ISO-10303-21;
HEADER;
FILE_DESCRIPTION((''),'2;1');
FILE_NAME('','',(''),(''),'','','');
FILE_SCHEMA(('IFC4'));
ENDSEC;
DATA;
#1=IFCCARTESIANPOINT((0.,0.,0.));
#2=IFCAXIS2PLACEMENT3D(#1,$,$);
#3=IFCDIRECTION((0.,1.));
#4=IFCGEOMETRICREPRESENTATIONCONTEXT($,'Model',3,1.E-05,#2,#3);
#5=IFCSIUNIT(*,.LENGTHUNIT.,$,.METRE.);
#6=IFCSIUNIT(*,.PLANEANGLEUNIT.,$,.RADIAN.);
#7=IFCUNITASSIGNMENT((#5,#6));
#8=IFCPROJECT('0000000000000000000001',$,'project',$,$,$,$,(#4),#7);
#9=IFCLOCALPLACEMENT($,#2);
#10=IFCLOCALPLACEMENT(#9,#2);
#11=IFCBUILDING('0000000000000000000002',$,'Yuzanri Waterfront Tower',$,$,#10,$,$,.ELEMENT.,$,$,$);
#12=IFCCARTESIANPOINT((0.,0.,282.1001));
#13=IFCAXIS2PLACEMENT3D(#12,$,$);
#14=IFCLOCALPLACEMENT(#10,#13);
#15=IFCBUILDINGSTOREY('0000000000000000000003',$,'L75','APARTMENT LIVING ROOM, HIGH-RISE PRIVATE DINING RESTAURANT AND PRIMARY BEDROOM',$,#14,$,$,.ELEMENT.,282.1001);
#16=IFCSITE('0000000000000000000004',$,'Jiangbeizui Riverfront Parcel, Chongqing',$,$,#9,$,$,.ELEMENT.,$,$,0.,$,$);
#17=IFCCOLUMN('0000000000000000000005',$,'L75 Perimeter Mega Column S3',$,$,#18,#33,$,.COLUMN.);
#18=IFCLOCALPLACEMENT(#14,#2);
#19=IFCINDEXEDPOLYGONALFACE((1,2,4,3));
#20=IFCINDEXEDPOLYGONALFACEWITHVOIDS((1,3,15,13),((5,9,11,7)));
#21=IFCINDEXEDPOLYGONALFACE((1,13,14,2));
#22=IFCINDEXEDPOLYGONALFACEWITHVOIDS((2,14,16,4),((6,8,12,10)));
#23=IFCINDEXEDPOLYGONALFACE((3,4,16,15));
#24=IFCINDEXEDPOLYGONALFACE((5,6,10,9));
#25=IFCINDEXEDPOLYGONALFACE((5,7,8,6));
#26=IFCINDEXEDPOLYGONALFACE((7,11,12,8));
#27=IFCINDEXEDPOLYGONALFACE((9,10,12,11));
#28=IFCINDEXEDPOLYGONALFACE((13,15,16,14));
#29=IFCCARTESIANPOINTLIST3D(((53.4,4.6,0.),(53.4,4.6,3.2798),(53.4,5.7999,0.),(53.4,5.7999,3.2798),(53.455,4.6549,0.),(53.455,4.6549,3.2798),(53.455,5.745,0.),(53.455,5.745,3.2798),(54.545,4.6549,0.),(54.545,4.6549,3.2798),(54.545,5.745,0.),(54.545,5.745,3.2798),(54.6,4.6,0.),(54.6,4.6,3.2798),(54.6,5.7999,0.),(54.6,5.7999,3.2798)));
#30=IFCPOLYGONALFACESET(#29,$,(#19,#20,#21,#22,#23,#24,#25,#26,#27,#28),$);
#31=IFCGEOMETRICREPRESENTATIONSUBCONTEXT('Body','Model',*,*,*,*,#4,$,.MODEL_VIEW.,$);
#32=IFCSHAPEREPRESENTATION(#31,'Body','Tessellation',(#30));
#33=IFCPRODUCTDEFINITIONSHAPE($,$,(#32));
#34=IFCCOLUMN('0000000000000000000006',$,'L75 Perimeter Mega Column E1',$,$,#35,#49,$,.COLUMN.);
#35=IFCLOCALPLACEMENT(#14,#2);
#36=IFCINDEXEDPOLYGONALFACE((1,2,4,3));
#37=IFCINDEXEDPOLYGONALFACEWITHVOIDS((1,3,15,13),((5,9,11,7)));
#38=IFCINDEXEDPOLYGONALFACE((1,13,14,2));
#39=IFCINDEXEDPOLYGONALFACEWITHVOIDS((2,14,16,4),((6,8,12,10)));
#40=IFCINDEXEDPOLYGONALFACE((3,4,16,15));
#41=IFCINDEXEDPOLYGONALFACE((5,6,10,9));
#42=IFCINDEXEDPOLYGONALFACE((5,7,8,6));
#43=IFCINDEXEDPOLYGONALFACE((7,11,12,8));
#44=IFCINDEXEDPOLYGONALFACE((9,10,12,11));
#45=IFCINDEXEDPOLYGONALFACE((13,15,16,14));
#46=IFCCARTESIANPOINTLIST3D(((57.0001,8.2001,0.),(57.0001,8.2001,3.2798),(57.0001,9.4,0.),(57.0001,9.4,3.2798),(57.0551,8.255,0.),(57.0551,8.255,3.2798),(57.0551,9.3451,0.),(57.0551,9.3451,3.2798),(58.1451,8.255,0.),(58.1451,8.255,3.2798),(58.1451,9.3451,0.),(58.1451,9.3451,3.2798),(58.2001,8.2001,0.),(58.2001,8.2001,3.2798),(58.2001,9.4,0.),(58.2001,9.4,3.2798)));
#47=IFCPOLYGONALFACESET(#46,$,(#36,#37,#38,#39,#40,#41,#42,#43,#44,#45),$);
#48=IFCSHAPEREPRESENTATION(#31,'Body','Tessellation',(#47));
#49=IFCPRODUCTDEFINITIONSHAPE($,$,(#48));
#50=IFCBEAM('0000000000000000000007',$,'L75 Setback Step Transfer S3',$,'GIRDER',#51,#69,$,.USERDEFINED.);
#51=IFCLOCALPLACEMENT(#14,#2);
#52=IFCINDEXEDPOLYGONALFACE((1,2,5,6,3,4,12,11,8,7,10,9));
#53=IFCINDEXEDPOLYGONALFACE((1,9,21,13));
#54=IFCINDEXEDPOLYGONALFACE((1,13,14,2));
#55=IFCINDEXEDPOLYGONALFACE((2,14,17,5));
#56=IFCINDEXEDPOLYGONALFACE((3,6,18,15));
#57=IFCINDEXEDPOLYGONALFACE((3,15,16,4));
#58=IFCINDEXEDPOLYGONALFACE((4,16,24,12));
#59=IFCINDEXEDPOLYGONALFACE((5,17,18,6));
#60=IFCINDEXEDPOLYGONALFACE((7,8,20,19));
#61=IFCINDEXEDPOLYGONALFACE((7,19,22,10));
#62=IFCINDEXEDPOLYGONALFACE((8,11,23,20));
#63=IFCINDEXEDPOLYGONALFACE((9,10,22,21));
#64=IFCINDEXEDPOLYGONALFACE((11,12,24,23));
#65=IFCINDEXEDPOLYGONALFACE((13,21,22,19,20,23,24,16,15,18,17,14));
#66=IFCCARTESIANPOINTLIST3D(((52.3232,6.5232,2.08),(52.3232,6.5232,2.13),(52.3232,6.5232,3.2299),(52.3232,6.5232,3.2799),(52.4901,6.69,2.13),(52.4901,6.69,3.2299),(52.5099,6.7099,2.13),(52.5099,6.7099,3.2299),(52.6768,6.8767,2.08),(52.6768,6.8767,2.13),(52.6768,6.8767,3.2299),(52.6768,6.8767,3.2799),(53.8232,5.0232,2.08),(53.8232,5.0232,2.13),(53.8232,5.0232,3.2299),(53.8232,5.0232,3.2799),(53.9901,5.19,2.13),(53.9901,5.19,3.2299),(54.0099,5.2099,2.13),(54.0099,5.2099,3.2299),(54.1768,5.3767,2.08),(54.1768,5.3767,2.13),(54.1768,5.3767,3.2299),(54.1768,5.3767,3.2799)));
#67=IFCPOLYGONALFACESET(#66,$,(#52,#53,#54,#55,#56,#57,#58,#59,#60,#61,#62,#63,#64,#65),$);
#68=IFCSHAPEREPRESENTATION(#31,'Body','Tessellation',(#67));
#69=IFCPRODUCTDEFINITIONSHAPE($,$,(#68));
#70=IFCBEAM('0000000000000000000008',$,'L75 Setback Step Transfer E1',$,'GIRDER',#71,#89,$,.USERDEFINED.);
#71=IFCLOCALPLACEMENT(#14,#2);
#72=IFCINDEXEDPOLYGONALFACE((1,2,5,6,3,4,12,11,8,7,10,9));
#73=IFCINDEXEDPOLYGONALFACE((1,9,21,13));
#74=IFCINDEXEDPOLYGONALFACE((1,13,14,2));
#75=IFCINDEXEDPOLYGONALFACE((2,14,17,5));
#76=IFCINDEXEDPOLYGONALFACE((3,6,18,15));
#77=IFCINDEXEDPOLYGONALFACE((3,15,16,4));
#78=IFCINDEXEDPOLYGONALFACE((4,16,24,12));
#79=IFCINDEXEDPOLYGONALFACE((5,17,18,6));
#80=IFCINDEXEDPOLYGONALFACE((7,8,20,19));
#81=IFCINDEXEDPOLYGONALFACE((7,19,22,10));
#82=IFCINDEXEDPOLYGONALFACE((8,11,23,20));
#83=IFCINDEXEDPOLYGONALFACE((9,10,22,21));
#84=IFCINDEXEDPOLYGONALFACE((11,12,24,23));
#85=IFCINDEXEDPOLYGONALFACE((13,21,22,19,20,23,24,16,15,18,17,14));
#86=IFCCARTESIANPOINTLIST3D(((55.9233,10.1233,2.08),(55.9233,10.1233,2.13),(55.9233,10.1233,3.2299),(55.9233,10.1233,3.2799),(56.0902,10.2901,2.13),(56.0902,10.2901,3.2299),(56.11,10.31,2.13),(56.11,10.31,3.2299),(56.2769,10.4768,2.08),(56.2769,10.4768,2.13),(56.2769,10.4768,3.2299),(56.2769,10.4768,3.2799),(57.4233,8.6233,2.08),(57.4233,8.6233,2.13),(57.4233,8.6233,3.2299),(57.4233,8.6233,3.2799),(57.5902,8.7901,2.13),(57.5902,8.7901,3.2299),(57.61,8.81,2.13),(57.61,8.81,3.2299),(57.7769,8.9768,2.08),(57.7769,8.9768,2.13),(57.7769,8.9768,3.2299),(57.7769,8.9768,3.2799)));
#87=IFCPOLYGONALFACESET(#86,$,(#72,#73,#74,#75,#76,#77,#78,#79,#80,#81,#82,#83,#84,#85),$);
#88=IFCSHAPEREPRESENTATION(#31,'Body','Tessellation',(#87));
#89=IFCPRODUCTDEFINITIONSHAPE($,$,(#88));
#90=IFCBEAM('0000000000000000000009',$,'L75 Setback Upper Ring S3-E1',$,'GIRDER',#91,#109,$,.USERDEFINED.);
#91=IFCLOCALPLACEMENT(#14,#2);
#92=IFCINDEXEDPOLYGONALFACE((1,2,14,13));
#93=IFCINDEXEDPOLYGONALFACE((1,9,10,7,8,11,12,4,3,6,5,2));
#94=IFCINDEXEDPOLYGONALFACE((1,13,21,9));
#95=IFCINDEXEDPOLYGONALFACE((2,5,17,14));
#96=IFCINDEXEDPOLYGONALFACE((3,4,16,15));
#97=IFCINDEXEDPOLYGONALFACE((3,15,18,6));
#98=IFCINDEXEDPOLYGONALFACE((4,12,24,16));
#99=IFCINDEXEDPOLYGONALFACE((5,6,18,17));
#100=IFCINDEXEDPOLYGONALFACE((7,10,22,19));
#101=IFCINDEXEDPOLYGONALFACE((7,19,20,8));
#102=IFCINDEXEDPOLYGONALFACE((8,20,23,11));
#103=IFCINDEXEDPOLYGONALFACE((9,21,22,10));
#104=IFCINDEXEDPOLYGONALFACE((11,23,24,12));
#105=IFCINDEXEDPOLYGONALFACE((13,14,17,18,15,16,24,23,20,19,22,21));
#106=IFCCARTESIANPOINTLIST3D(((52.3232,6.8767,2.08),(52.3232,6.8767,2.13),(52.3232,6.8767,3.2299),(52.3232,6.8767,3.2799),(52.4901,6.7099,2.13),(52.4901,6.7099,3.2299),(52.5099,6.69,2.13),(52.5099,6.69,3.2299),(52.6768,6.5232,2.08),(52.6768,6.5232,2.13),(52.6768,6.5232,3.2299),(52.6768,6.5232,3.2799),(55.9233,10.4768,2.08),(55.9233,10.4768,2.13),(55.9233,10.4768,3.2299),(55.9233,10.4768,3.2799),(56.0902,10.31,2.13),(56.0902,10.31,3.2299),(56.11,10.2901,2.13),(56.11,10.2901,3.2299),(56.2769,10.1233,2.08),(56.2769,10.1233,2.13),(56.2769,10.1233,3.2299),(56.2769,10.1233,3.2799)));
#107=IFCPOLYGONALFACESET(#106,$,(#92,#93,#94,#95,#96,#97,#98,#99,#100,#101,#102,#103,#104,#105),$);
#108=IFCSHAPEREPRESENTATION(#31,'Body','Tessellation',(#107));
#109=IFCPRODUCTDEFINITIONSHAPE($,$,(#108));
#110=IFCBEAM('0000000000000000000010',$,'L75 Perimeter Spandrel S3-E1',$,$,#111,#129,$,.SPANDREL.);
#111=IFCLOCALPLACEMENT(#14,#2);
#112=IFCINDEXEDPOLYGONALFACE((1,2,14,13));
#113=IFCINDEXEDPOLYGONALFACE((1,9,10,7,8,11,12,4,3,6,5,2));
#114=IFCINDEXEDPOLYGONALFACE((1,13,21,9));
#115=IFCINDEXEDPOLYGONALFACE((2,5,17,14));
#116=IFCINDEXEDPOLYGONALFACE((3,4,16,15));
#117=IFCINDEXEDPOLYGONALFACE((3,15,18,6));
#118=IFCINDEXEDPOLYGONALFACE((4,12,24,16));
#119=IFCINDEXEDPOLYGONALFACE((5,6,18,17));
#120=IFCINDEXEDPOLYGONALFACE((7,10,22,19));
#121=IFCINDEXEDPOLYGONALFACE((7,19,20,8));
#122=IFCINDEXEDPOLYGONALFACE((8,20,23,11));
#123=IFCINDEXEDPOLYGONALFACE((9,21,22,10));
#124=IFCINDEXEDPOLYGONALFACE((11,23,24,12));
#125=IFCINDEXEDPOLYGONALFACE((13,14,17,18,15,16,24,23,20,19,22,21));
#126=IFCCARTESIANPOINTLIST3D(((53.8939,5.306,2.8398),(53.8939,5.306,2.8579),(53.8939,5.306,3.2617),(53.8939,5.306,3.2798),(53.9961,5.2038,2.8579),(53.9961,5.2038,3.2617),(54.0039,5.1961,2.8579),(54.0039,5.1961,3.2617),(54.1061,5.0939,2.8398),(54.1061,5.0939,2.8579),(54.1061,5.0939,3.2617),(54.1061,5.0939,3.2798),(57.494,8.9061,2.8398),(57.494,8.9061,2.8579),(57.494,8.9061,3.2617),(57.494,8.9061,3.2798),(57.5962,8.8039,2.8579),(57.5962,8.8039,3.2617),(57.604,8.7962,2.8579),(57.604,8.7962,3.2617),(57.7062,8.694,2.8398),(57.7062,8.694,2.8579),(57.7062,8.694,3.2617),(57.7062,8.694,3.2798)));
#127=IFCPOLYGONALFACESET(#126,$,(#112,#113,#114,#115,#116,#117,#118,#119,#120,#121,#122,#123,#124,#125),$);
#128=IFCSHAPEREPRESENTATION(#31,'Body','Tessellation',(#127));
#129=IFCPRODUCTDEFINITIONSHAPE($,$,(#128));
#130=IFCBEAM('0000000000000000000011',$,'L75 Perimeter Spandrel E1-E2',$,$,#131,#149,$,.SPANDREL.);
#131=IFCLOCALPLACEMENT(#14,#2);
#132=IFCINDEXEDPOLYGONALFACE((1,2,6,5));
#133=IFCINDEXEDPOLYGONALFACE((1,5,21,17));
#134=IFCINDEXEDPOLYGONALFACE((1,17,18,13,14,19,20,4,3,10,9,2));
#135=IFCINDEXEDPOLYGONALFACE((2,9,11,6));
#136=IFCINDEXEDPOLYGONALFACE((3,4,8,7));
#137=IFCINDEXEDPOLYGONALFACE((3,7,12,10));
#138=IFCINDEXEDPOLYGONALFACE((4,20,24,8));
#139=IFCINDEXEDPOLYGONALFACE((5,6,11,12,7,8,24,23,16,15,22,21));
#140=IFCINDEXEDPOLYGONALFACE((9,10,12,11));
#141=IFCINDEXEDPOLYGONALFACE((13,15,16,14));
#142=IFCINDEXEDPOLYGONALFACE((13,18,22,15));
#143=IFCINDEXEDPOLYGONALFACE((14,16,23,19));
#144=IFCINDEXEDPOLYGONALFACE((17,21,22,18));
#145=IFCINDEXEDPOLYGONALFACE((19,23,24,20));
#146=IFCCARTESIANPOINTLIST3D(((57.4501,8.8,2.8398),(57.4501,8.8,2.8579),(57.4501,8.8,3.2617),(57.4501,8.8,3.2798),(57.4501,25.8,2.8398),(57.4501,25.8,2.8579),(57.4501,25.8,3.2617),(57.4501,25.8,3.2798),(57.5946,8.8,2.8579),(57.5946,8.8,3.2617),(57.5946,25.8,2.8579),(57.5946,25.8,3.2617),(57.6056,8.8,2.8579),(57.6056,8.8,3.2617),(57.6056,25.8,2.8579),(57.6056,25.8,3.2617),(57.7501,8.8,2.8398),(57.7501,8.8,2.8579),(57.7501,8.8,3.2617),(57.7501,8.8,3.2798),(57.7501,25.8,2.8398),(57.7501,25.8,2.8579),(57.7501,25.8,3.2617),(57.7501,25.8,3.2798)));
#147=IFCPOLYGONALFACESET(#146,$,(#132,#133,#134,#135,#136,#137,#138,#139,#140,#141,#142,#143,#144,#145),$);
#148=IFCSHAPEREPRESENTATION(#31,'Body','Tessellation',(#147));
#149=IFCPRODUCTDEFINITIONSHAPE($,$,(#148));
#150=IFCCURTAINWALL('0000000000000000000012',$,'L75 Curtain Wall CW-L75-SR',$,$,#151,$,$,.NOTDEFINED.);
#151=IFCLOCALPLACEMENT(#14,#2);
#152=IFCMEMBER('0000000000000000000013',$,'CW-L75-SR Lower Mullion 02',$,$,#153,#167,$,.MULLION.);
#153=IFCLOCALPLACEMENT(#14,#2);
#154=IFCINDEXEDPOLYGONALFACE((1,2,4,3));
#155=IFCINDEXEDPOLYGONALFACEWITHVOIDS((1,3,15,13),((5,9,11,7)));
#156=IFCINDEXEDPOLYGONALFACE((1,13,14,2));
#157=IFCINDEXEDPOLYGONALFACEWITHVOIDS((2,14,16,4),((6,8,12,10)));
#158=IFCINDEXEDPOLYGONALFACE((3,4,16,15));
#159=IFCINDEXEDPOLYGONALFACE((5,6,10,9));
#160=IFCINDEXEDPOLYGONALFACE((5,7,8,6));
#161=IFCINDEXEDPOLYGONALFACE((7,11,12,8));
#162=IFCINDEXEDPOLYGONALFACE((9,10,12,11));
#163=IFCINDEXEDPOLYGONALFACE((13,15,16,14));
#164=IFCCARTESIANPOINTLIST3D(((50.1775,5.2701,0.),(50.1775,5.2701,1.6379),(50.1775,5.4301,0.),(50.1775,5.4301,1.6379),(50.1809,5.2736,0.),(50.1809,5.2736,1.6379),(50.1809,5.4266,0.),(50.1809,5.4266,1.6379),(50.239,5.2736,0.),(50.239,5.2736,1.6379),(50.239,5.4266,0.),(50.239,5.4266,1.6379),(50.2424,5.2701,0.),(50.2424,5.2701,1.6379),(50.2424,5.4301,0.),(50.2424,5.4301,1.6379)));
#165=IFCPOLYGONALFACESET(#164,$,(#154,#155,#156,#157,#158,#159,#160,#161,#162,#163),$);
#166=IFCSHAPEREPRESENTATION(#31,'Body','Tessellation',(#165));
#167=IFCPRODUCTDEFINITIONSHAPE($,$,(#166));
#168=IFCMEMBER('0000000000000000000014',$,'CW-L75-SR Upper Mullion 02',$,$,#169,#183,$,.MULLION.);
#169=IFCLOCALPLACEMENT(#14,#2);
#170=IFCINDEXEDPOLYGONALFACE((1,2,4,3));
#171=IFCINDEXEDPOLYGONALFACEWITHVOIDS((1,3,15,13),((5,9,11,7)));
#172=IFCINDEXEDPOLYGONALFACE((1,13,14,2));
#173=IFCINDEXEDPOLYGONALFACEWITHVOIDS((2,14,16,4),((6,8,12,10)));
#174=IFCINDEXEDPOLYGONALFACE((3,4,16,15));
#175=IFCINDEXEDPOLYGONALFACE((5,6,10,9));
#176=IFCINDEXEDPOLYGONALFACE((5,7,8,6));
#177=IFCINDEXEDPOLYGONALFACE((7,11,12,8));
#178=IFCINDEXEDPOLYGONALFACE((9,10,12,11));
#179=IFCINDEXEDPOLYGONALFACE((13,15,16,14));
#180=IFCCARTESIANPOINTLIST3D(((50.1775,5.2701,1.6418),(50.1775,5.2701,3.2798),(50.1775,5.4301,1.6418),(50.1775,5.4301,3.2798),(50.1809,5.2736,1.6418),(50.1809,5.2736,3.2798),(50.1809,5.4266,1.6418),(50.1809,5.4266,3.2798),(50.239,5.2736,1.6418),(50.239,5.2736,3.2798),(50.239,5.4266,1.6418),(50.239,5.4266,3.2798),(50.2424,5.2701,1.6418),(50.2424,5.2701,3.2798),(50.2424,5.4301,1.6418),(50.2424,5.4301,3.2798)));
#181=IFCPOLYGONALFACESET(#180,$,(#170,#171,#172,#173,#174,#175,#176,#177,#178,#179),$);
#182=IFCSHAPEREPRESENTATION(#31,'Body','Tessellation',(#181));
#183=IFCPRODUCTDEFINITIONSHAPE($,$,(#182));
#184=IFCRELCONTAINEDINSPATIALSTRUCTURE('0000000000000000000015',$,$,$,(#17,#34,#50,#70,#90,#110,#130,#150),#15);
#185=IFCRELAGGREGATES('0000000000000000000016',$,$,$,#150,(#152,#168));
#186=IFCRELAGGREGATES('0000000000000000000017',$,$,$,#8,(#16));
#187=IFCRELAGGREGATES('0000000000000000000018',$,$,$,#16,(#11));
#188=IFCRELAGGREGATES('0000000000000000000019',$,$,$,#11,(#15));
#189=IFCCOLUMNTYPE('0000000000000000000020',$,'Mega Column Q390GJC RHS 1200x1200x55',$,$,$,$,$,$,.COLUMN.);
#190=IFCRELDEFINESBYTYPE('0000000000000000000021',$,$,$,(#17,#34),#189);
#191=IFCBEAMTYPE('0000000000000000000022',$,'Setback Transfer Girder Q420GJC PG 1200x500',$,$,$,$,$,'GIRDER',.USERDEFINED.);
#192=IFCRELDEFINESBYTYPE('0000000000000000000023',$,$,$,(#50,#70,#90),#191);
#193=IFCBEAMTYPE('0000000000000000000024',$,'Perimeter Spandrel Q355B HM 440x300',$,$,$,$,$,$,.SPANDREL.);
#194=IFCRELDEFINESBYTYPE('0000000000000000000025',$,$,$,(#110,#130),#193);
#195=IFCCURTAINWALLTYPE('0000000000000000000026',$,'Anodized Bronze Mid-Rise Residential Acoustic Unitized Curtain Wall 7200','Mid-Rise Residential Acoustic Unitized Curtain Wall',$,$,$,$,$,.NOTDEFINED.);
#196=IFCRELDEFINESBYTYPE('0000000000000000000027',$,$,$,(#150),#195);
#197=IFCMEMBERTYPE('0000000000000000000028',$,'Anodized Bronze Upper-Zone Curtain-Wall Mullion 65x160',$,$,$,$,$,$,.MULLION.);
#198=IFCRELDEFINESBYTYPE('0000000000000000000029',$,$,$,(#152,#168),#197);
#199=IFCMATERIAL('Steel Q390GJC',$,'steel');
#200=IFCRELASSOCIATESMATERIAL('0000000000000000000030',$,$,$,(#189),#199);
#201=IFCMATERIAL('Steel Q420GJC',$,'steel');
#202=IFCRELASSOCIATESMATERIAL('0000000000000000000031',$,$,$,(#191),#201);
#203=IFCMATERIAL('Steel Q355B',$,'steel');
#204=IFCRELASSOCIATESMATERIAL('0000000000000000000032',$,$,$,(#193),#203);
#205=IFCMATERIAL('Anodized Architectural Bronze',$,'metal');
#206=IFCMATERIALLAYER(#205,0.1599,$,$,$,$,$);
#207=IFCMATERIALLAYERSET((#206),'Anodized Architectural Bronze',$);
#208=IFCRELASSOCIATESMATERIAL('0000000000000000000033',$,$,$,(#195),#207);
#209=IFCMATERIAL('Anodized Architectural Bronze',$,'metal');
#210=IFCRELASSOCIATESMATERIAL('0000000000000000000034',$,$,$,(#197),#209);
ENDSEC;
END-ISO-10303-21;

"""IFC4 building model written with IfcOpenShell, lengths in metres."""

from ifc_helpers import new_model, si_unit, direction, frame, origin, origin_2d, place, context, subcontext, project, spatial, hollow_rectangle, i_section, extrude, source, transform, mapped, material, layer, layer_set, material_profile, profile_set, type_object, element, aggregate, save


model = new_model("IFC4")

# Units and contexts
model_context = context("Model", 3, precision=1e-05, world=origin(), true_north=direction((0.0, 1.0)))
body_context = subcontext(model_context, "Body", "Model", "MODEL_VIEW")
ifc_project = project(units=[si_unit("LENGTHUNIT", "METRE"), si_unit("PLANEANGLEUNIT", "RADIAN")], contexts=[model_context])

# Site, building, storey
site_placement = place(None, origin())
site = spatial("IfcSite", under=ifc_project, at=site_placement, Name="Jiangbeizui Riverfront Parcel, Chongqing", CompositionType="ELEMENT", RefElevation=0.0)
building_placement = place(site_placement, origin())
building = spatial("IfcBuilding", under=site, at=building_placement, Name="Yuzanri Waterfront Tower", CompositionType="ELEMENT")
storey_placement = place(building_placement, frame((0.0, 0.0, 282.1001)))
storey = spatial("IfcBuildingStorey", under=building, at=storey_placement, Name="L75", Description="APARTMENT LIVING ROOM, HIGH-RISE PRIVATE DINING RESTAURANT AND PRIMARY BEDROOM", CompositionType="ELEMENT", Elevation=282.1001)

# Columns
ifc_material_1 = material(Name="Steel Q390GJC", Category="steel")
ifc_material_profile_1 = material_profile(ifc_material_1, hollow_rectangle(XDim=1.2, YDim=1.2, WallThickness=0.0549, at=origin_2d()), Name="RHS 1200x1200x55")
ifc_profile_set_1 = profile_set([ifc_material_profile_1], Name="Steel Q390GJC")
column_type = type_object("IfcColumnType", Name="Mega Column Q390GJC RHS 1200x1200x55", PredefinedType="COLUMN", material=ifc_profile_set_1)
shared_shape_1 = source(origin(), body_context, "Body", "SweptSolid", [
    extrude(hollow_rectangle(XDim=1.2, YDim=1.2, WallThickness=0.0549, at=origin_2d()), origin(), (0.0, 0.0, 1.0), 3.2798),
])
for number, where, z_axis, x_axis, name in (
    (1, (54.0, 5.2, 0.0), (0.0, 0.0, 1.0), (1.0, 0.0, 0.0), "L75 Perimeter Mega Column S3"),
    (2, (57.6001, 8.8, 0.0), (0.0, 0.0, 1.0), (1.0, 0.0, 0.0), "L75 Perimeter Mega Column E1"),
):
    element("IfcColumn", number, at=place(storey_placement, frame(where, z_axis=z_axis, x_axis=x_axis)), inside=storey, type_object=column_type, Name=name, PredefinedType="COLUMN", context=body_context, shape_type="MappedRepresentation", body=[
        mapped(shared_shape_1, transform((0.0, 0.0, 0.0), scale=1.0)),
    ])

# Beams
ifc_material_2 = material(Name="Steel Q420GJC", Category="steel")
ifc_material_profile_2 = material_profile(ifc_material_2, i_section(OverallWidth=0.5, OverallDepth=1.2, WebThickness=0.0281, FlangeThickness=0.05, at=origin_2d()), Name="PG 1200x500x28x50")
ifc_profile_set_2 = profile_set([ifc_material_profile_2], Name="Steel Q420GJC")
beam_type_1 = type_object("IfcBeamType", Name="Setback Transfer Girder Q420GJC PG 1200x500", ElementType="GIRDER", PredefinedType="USERDEFINED", material=ifc_profile_set_2)
shared_shape_2 = source(origin(), body_context, "Body", "SweptSolid", [
    extrude(i_section(OverallWidth=0.5, OverallDepth=1.2, WebThickness=0.0281, FlangeThickness=0.05, at=origin_2d()), origin(), (0.0, 0.0, 1.0), 2.1213),
])
for number, where, z_axis, x_axis, name in (
    (3, (52.5, 6.7, 2.6799), (0.707107, -0.707107, 0.0), (0.707107, 0.707107, 0.0), "L75 Setback Step Transfer S3"),
    (4, (56.1001, 10.3, 2.6799), (0.707107, -0.707107, 0.0), (0.707107, 0.707107, 0.0), "L75 Setback Step Transfer E1"),
):
    element("IfcBeam", number, at=place(storey_placement, frame(where, z_axis=z_axis, x_axis=x_axis)), inside=storey, type_object=beam_type_1, Name=name, ObjectType="GIRDER", PredefinedType="USERDEFINED", context=body_context, shape_type="MappedRepresentation", body=[
        mapped(shared_shape_2, transform((0.0, 0.0, 0.0), scale=1.0)),
    ])
shared_shape_3 = source(origin(), body_context, "Body", "SweptSolid", [
    extrude(i_section(OverallWidth=0.5, OverallDepth=1.2, WebThickness=0.0281, FlangeThickness=0.05, at=origin_2d()), origin(), (0.0, 0.0, 1.0), 5.0913),
])
beam_1_placement = place(storey_placement, frame((52.5, 6.7, 2.6799), z_axis=(0.707107, 0.707107, 0.0), x_axis=(-0.707107, 0.707107, 0.0)))
element("IfcBeam", 5, at=beam_1_placement, inside=storey, type_object=beam_type_1, Name="L75 Setback Upper Ring S3-E1", ObjectType="GIRDER", PredefinedType="USERDEFINED", context=body_context, shape_type="MappedRepresentation", body=[
    mapped(shared_shape_3, transform((0.0, 0.0, 0.0), scale=1.0)),
])
ifc_material_3 = material(Name="Steel Q355B", Category="steel")
ifc_material_profile_3 = material_profile(ifc_material_3, i_section(OverallWidth=0.3, OverallDepth=0.4399, WebThickness=0.011, FlangeThickness=0.0181, at=origin_2d()), Name="HM 440x300x11x18")
ifc_profile_set_3 = profile_set([ifc_material_profile_3], Name="Steel Q355B")
beam_type_2 = type_object("IfcBeamType", Name="Perimeter Spandrel Q355B HM 440x300", PredefinedType="SPANDREL", material=ifc_profile_set_3)
shared_shape_4 = source(origin(), body_context, "Body", "SweptSolid", [
    extrude(i_section(OverallWidth=0.3, OverallDepth=0.4399, WebThickness=0.011, FlangeThickness=0.0181, at=origin_2d()), origin(), (0.0, 0.0, 1.0), 5.0913),
])
beam_2_placement = place(storey_placement, frame((54.0, 5.2, 3.0598), z_axis=(0.707107, 0.707107, 0.0), x_axis=(-0.707107, 0.707107, 0.0)))
element("IfcBeam", 6, at=beam_2_placement, inside=storey, type_object=beam_type_2, Name="L75 Perimeter Spandrel S3-E1", PredefinedType="SPANDREL", context=body_context, shape_type="MappedRepresentation", body=[
    mapped(shared_shape_4, transform((0.0, 0.0, 0.0), scale=1.0)),
])
shared_shape_5 = source(origin(), body_context, "Body", "SweptSolid", [
    extrude(i_section(OverallWidth=0.3, OverallDepth=0.4399, WebThickness=0.011, FlangeThickness=0.0181, at=origin_2d()), origin(), (0.0, 0.0, 1.0), 17.0),
])
beam_3_placement = place(storey_placement, frame((57.6001, 8.8, 3.0598), z_axis=(0.0, 1.0, 0.0), x_axis=(-1.0, 0.0, 0.0)))
element("IfcBeam", 7, at=beam_3_placement, inside=storey, type_object=beam_type_2, Name="L75 Perimeter Spandrel E1-E2", PredefinedType="SPANDREL", context=body_context, shape_type="MappedRepresentation", body=[
    mapped(shared_shape_5, transform((0.0, 0.0, 0.0), scale=1.0)),
])

# Curtain wall, members
ifc_material_4 = material(Name="Anodized Architectural Bronze", Category="metal")
ifc_layer_1 = layer(ifc_material_4, 0.1599)
ifc_layer_set_1 = layer_set([ifc_layer_1], Name="Anodized Architectural Bronze")
curtain_wall_type = type_object("IfcCurtainWallType", Name="Anodized Bronze Mid-Rise Residential Acoustic Unitized Curtain Wall 7200", Description="Mid-Rise Residential Acoustic Unitized Curtain Wall", PredefinedType="NOTDEFINED", material=ifc_layer_set_1)
curtain_wall_placement = place(storey_placement, origin())
curtain_wall = element("IfcCurtainWall", 8, at=curtain_wall_placement, inside=storey, type_object=curtain_wall_type, Name="L75 Curtain Wall CW-L75-SR", PredefinedType="NOTDEFINED")
ifc_material_5 = material(Name="Anodized Architectural Bronze", Category="metal")
ifc_material_profile_4 = material_profile(ifc_material_5, hollow_rectangle(XDim=0.0649, YDim=0.1599, WallThickness=0.0034, at=origin_2d()), Name="CWM 65x160")
ifc_profile_set_4 = profile_set([ifc_material_profile_4], Name="Anodized Architectural Bronze")
member_type = type_object("IfcMemberType", Name="Anodized Bronze Upper-Zone Curtain-Wall Mullion 65x160", PredefinedType="MULLION", material=ifc_profile_set_4)
shared_shape_6 = source(origin(), body_context, "Body", "SweptSolid", [
    extrude(hollow_rectangle(XDim=0.0649, YDim=0.1599, WallThickness=0.0034, at=origin_2d()), origin(), (0.0, 0.0, 1.0), 1.6379),
])
member_1_placement = place(storey_placement, frame((50.21, 5.3501, 0.0), z_axis=(0.0, 0.0, 1.0), x_axis=(1.0, 0.0, 0.0)))
member_1 = element("IfcMember", 9, at=member_1_placement, type_object=member_type, Name="CW-L75-SR Lower Mullion 02", PredefinedType="MULLION", context=body_context, shape_type="MappedRepresentation", body=[
    mapped(shared_shape_6, transform((0.0, 0.0, 0.0), scale=1.0)),
])
member_2_placement = place(storey_placement, frame((50.21, 5.3501, 1.6418), z_axis=(0.0, 0.0, 1.0), x_axis=(1.0, 0.0, 0.0)))
member_2 = element("IfcMember", 10, at=member_2_placement, type_object=member_type, Name="CW-L75-SR Upper Mullion 02", PredefinedType="MULLION", context=body_context, shape_type="MappedRepresentation", body=[
    mapped(shared_shape_6, transform((0.0, 0.0, 0.0), scale=1.0)),
])
aggregate(curtain_wall, [member_1, member_2])

save(model, "model.ifc")
